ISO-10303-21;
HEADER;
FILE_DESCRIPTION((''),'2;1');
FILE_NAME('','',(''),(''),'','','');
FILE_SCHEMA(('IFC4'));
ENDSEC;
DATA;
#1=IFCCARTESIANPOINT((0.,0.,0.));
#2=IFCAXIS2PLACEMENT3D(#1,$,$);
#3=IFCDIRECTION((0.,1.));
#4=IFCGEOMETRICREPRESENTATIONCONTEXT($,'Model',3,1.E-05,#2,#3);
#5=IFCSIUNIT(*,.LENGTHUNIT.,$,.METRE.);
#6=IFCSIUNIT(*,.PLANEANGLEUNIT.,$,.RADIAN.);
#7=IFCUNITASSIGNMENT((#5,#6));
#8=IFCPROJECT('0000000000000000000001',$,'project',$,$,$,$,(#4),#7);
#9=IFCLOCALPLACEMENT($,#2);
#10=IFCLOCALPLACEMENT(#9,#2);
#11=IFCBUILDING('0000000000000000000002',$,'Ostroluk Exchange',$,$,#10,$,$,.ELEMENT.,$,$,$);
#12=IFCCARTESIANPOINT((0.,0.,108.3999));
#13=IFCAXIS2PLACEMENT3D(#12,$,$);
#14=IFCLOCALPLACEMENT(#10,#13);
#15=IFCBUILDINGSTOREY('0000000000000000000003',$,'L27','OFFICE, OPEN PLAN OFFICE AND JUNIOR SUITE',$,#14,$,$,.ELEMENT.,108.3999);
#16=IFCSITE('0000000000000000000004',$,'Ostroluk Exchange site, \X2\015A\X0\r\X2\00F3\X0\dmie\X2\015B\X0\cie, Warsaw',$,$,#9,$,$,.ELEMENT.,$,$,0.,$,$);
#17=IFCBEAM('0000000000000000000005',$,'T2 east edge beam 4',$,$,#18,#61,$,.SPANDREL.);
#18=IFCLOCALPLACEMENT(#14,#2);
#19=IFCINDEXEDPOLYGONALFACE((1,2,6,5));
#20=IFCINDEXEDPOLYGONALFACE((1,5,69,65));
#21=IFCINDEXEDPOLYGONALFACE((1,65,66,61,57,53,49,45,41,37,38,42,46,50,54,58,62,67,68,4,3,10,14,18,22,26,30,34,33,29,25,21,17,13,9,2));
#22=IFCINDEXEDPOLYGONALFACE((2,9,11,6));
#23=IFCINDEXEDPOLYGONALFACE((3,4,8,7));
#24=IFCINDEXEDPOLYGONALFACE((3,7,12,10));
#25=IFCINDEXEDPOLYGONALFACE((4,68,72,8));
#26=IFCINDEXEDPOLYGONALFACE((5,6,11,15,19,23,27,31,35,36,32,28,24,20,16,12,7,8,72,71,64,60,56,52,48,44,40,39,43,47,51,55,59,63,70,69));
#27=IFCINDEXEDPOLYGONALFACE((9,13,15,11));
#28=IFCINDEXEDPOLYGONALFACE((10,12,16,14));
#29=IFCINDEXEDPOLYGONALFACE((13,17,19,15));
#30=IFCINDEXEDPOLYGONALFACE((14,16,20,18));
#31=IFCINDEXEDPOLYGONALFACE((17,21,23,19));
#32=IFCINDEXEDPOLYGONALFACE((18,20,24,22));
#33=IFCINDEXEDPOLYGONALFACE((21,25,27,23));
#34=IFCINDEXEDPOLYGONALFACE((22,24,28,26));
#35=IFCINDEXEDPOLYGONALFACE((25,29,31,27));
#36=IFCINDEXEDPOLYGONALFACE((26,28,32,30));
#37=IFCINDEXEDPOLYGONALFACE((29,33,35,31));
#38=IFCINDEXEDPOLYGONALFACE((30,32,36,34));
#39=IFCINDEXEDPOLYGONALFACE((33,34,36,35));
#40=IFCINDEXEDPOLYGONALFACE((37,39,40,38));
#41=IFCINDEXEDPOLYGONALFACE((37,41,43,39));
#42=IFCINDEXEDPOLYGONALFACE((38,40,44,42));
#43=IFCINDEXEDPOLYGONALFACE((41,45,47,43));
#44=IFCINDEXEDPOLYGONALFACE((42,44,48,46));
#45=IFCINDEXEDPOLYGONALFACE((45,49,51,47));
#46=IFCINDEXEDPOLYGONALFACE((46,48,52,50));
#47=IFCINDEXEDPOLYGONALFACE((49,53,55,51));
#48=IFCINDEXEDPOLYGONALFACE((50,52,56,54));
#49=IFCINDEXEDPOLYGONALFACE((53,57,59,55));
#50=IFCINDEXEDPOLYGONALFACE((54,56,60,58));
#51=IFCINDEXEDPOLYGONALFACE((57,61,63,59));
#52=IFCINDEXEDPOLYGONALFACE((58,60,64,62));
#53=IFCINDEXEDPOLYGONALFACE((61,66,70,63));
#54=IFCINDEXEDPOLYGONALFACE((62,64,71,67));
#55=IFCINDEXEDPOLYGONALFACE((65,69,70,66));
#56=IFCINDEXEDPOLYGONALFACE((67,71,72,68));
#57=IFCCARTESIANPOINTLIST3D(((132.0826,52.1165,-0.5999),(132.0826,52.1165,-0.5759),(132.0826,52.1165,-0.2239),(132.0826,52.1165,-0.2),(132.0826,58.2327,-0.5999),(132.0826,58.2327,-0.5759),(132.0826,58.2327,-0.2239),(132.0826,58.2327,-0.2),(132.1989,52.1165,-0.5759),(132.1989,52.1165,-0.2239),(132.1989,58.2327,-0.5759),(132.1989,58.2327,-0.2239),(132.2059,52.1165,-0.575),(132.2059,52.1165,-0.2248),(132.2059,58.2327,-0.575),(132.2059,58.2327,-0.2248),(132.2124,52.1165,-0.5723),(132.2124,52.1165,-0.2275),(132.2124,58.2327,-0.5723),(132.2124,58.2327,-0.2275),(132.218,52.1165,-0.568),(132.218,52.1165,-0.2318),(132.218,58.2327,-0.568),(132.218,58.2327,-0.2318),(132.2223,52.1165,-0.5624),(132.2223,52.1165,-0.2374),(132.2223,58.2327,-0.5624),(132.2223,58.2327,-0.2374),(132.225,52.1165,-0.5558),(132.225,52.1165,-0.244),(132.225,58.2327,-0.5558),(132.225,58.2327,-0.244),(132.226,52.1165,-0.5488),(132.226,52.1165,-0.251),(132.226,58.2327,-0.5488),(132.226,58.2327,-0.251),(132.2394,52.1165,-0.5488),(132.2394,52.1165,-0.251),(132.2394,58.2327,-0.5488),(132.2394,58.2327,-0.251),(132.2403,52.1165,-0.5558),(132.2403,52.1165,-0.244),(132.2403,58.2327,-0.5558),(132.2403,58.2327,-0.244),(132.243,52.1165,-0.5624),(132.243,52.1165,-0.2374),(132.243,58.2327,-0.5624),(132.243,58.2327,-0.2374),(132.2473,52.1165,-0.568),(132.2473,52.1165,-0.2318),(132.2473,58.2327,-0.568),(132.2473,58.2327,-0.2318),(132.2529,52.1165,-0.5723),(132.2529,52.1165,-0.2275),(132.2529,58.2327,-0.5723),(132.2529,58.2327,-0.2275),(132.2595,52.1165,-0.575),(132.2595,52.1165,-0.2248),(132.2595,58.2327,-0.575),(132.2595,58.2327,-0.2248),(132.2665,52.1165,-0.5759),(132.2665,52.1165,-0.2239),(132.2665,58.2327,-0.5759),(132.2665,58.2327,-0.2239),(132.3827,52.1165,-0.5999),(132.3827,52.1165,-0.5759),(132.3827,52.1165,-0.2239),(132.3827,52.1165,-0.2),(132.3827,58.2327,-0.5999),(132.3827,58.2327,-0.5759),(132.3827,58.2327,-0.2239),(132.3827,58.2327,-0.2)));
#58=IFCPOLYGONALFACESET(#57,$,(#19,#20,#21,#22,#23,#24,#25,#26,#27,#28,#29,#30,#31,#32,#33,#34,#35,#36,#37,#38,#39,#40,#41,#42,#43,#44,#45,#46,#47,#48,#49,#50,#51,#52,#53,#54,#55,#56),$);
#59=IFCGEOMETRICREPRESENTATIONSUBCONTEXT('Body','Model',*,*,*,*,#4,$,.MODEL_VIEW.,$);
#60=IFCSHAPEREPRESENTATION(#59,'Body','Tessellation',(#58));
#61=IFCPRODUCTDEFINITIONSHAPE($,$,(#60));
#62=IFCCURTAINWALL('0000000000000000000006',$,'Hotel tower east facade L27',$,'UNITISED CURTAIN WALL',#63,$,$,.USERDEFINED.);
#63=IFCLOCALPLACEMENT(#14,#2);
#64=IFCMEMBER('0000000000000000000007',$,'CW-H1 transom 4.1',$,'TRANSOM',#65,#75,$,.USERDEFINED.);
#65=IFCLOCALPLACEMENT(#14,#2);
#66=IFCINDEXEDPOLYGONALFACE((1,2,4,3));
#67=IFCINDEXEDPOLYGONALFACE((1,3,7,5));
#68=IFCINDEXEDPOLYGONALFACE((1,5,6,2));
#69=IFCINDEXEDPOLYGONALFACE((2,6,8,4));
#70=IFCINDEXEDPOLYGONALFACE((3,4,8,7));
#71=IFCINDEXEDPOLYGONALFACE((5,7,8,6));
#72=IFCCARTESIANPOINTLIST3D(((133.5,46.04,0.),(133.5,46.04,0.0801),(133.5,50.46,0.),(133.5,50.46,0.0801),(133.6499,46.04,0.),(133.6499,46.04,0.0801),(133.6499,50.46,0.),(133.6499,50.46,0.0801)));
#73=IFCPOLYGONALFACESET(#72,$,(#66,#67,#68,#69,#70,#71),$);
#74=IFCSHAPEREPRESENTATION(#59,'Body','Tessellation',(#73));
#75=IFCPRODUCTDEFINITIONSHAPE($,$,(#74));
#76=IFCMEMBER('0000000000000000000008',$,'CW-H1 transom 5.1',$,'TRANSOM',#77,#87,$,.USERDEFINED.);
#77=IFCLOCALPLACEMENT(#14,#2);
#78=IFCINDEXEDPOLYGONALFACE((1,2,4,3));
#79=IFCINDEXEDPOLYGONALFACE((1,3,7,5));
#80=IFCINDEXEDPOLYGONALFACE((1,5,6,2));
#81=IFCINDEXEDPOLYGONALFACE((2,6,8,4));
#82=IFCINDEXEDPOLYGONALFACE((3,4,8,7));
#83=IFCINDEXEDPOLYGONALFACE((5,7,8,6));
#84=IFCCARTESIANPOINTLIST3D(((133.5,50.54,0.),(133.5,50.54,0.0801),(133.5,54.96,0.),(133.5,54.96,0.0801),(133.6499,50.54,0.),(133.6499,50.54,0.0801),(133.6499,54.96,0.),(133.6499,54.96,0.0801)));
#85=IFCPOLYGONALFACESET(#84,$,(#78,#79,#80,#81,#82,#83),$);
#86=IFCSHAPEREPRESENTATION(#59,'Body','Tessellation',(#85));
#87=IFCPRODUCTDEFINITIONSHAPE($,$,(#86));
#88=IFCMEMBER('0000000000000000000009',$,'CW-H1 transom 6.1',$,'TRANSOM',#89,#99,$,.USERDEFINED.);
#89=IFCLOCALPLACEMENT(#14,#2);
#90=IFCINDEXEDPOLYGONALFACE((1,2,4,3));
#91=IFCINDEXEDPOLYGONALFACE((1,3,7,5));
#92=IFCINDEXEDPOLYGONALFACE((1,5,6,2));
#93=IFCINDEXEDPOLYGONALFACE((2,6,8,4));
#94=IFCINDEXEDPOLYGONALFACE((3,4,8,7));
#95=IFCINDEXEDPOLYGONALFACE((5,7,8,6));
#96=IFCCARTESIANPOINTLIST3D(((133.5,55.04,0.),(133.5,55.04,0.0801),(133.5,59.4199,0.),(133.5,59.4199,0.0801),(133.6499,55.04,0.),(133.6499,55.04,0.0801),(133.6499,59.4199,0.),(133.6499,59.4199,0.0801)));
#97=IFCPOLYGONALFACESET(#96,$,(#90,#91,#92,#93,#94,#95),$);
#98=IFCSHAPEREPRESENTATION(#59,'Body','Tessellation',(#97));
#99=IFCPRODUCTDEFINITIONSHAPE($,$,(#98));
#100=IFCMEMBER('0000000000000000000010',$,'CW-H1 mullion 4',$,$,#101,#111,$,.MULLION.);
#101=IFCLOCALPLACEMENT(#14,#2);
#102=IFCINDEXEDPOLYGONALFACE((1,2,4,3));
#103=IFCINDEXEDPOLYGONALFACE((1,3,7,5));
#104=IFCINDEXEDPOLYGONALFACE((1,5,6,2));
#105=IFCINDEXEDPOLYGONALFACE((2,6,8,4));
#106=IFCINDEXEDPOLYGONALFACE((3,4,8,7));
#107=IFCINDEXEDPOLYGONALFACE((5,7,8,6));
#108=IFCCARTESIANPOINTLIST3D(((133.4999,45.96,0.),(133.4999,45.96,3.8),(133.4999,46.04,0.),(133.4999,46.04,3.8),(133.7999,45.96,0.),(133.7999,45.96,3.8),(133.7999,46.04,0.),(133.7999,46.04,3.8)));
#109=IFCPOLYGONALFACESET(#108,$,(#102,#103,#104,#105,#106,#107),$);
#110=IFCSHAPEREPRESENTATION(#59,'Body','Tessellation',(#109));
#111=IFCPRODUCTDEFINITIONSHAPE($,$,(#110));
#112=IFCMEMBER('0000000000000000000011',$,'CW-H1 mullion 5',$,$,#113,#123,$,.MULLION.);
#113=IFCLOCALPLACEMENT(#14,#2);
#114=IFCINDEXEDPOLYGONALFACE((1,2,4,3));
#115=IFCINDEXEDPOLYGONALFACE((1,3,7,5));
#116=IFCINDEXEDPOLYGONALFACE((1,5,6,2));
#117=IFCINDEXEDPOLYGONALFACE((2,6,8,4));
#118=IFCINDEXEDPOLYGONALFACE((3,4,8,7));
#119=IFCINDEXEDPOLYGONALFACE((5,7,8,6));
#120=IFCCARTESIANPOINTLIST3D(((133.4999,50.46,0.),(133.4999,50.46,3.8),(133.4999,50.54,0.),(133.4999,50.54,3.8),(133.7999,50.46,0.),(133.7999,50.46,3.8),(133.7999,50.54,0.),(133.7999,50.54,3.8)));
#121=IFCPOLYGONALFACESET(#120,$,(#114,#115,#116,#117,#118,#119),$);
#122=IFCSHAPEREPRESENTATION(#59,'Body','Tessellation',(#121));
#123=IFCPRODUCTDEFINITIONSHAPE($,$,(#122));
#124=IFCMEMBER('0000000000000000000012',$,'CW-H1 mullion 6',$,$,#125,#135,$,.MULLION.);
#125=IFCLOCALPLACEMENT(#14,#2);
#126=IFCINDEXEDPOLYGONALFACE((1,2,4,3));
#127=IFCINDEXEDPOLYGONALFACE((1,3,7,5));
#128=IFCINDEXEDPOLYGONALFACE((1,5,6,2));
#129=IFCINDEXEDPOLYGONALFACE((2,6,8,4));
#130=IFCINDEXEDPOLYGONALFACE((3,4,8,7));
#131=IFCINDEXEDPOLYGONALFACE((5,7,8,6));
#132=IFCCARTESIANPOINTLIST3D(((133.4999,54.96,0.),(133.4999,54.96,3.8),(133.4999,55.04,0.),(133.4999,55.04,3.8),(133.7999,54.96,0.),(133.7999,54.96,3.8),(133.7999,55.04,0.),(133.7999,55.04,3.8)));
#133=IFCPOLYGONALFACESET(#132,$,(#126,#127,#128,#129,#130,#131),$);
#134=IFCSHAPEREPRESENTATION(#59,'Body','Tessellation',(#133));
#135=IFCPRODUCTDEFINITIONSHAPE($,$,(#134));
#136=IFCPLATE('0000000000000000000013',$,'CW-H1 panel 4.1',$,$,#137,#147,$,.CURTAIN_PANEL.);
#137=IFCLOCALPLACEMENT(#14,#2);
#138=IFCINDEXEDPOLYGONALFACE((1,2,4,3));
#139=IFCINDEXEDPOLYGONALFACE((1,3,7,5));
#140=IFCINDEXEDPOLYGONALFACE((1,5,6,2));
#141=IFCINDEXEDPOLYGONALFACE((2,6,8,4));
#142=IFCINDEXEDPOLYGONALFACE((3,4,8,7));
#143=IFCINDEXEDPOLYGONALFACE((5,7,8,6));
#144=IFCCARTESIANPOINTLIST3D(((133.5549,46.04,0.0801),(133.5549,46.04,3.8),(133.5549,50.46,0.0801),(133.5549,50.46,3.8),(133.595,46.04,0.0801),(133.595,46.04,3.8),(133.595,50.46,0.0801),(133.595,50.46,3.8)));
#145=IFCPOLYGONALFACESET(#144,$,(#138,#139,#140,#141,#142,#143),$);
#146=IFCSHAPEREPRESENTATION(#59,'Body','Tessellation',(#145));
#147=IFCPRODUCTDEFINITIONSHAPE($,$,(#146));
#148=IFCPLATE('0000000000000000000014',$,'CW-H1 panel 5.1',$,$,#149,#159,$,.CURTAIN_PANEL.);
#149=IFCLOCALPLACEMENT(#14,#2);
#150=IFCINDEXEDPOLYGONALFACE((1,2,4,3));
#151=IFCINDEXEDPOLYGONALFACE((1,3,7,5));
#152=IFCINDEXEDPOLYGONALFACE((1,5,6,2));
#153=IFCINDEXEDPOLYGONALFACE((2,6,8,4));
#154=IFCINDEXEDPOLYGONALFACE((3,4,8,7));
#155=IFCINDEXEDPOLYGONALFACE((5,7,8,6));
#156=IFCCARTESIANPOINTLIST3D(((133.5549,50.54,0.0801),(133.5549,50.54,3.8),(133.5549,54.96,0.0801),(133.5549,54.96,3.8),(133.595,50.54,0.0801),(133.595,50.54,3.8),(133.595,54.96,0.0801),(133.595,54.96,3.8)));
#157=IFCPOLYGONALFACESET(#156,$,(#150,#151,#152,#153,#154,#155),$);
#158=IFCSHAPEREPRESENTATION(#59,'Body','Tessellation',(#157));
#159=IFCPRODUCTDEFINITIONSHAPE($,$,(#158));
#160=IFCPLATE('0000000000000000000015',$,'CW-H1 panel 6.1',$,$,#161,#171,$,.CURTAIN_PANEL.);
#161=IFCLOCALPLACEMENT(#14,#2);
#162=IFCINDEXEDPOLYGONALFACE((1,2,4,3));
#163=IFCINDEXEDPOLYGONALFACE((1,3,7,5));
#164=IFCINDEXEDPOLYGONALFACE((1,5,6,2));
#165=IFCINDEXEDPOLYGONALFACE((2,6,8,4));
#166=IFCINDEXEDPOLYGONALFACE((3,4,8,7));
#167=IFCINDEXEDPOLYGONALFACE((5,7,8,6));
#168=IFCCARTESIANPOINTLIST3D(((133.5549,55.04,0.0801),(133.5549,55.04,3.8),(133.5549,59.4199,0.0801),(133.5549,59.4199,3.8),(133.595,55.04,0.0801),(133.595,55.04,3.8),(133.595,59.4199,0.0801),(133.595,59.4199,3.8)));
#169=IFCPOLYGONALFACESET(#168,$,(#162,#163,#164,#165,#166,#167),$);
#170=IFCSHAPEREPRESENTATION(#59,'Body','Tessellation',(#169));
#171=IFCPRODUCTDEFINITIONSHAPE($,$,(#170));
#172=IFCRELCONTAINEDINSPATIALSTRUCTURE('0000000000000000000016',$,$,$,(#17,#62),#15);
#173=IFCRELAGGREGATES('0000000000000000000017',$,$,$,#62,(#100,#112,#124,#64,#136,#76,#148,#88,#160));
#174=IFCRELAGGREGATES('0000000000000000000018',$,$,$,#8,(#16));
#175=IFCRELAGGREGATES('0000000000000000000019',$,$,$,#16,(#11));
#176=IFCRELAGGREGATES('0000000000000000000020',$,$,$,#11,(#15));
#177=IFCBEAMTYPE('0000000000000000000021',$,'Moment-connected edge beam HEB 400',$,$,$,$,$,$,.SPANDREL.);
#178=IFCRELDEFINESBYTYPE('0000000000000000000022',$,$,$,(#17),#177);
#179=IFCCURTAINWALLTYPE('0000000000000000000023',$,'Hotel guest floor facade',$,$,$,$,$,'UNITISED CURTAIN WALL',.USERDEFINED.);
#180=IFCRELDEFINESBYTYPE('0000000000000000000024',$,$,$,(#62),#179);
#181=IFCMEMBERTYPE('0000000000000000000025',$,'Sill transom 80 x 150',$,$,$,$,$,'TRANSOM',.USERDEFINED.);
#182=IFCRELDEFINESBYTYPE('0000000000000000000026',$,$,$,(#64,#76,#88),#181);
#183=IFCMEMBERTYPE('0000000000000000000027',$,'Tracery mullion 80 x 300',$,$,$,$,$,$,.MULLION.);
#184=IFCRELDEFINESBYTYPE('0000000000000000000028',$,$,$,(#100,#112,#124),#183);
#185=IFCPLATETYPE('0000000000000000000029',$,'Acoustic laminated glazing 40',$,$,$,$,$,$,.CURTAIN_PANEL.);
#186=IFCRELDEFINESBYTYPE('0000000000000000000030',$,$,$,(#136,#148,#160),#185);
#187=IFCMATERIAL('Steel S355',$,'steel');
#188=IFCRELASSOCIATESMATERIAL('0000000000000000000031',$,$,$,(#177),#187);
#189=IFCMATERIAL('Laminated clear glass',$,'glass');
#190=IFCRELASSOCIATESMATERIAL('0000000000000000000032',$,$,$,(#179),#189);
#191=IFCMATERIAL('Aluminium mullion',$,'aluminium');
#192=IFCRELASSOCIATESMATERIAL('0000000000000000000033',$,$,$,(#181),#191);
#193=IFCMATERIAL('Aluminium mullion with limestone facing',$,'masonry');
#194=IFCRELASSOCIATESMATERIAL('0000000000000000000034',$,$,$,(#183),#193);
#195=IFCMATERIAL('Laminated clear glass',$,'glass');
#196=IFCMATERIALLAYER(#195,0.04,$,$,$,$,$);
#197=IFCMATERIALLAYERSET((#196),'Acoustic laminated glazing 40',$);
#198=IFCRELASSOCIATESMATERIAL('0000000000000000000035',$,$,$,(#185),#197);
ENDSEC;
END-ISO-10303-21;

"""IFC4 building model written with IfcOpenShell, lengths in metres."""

from ifc_helpers import new_model, si_unit, direction, frame, origin, origin_2d, place, context, subcontext, project, spatial, rectangle, i_section, extrude, material, layer, layer_set, material_profile, profile_set, type_object, element, aggregate, save


model = new_model("IFC4")

# Units and contexts
model_context = context("Model", 3, precision=1e-05, world=origin(), true_north=direction((0.0, 1.0)))
body_context = subcontext(model_context, "Body", "Model", "MODEL_VIEW")
ifc_project = project(units=[si_unit("LENGTHUNIT", "METRE"), si_unit("PLANEANGLEUNIT", "RADIAN")], contexts=[model_context])

# Site, building, storey
site_placement = place(None, origin())
site = spatial("IfcSite", under=ifc_project, at=site_placement, Name="Ostroluk Exchange site, Śródmieście, Warsaw", CompositionType="ELEMENT", RefElevation=0.0)
building_placement = place(site_placement, origin())
building = spatial("IfcBuilding", under=site, at=building_placement, Name="Ostroluk Exchange", CompositionType="ELEMENT")
storey_placement = place(building_placement, frame((0.0, 0.0, 108.3999)))
storey = spatial("IfcBuildingStorey", under=building, at=storey_placement, Name="L27", Description="OFFICE, OPEN PLAN OFFICE AND JUNIOR SUITE", CompositionType="ELEMENT", Elevation=108.3999)

# Beam
ifc_material_1 = material(Name="Steel S355", Category="steel")
ifc_material_profile_1 = material_profile(ifc_material_1, i_section(OverallWidth=0.3, OverallDepth=0.3999, WebThickness=0.0134, FlangeThickness=0.0239, FilletRadius=0.0271, at=origin_2d()), Name="HEB 400")
ifc_profile_set_1 = profile_set([ifc_material_profile_1], Name="Steel S355")
beam_type_1 = type_object("IfcBeamType", Name="Moment-connected edge beam HEB 400", PredefinedType="SPANDREL", material=ifc_profile_set_1)
beam_1_placement = place(storey_placement, frame((132.2327, 52.1165, -0.3999), z_axis=(0.0, 1.0, 0.0), x_axis=(-1.0, 0.0, 0.0)))
element("IfcBeam", 1, at=beam_1_placement, inside=storey, type_object=beam_type_1, Name="T2 east edge beam 4", PredefinedType="SPANDREL", context=body_context, shape_type="SweptSolid", body=[
    extrude(i_section(OverallWidth=0.3, OverallDepth=0.3999, WebThickness=0.0134, FlangeThickness=0.0239, FilletRadius=0.0271, at=origin_2d()), origin(), (0.0, 0.0, 1.0), 6.1162),
])

# Curtain wall, members, plates
ifc_material_2 = material(Name="Laminated clear glass", Category="glass")
curtain_wall_type = type_object("IfcCurtainWallType", Name="Hotel guest floor facade", ElementType="UNITISED CURTAIN WALL", PredefinedType="USERDEFINED", material=ifc_material_2)
curtain_wall_placement = place(storey_placement, origin())
curtain_wall = element("IfcCurtainWall", 2, at=curtain_wall_placement, inside=storey, type_object=curtain_wall_type, Name="Hotel tower east facade L27", ObjectType="UNITISED CURTAIN WALL", PredefinedType="USERDEFINED")
ifc_material_3 = material(Name="Aluminium mullion", Category="aluminium")
ifc_material_profile_2 = material_profile(ifc_material_3, rectangle(XDim=0.1499, YDim=0.0801, at=origin_2d()), Name="Sill transom 80 x 150")
ifc_profile_set_2 = profile_set([ifc_material_profile_2], Name="Aluminium mullion")
member_type_1 = type_object("IfcMemberType", Name="Sill transom 80 x 150", ElementType="TRANSOM", PredefinedType="USERDEFINED", material=ifc_profile_set_2)
member_1_placement = place(storey_placement, frame((133.575, 46.04, 0.04), z_axis=(0.0, 1.0, 0.0), x_axis=(-1.0, 0.0, 0.0)))
member_1 = element("IfcMember", 3, at=member_1_placement, type_object=member_type_1, Name="CW-H1 transom 4.1", ObjectType="TRANSOM", PredefinedType="USERDEFINED", context=body_context, shape_type="SweptSolid", body=[
    extrude(rectangle(XDim=0.1499, YDim=0.0801, at=origin_2d()), origin(), (0.0, 0.0, 1.0), 4.4199),
])
member_2_placement = place(storey_placement, frame((133.575, 50.54, 0.04), z_axis=(0.0, 1.0, 0.0), x_axis=(-1.0, 0.0, 0.0)))
member_2 = element("IfcMember", 4, at=member_2_placement, type_object=member_type_1, Name="CW-H1 transom 5.1", ObjectType="TRANSOM", PredefinedType="USERDEFINED", context=body_context, shape_type="SweptSolid", body=[
    extrude(rectangle(XDim=0.1499, YDim=0.0801, at=origin_2d()), origin(), (0.0, 0.0, 1.0), 4.4199),
])
member_3_placement = place(storey_placement, frame((133.575, 55.04, 0.04), z_axis=(0.0, 1.0, 0.0), x_axis=(-1.0, 0.0, 0.0)))
member_3 = element("IfcMember", 5, at=member_3_placement, type_object=member_type_1, Name="CW-H1 transom 6.1", ObjectType="TRANSOM", PredefinedType="USERDEFINED", context=body_context, shape_type="SweptSolid", body=[
    extrude(rectangle(XDim=0.1499, YDim=0.0801, at=origin_2d()), origin(), (0.0, 0.0, 1.0), 4.3799),
])
ifc_material_4 = material(Name="Aluminium mullion with limestone facing", Category="masonry")
ifc_material_profile_3 = material_profile(ifc_material_4, rectangle(XDim=0.3, YDim=0.0801, at=origin_2d()), Name="Tracery mullion 80 x 300")
ifc_profile_set_3 = profile_set([ifc_material_profile_3], Name="Aluminium mullion with limestone facing")
member_type_2 = type_object("IfcMemberType", Name="Tracery mullion 80 x 300", PredefinedType="MULLION", material=ifc_profile_set_3)
member_4_placement = place(storey_placement, frame((133.6499, 46.0, 0.0), z_axis=(0.0, 0.0, 1.0), x_axis=(-1.0, 0.0, 0.0)))
member_4 = element("IfcMember", 6, at=member_4_placement, type_object=member_type_2, Name="CW-H1 mullion 4", PredefinedType="MULLION", context=body_context, shape_type="SweptSolid", body=[
    extrude(rectangle(XDim=0.3, YDim=0.0801, at=origin_2d()), origin(), (0.0, 0.0, 1.0), 3.8),
])
member_5_placement = place(storey_placement, frame((133.6499, 50.5, 0.0), z_axis=(0.0, 0.0, 1.0), x_axis=(-1.0, 0.0, 0.0)))
member_5 = element("IfcMember", 7, at=member_5_placement, type_object=member_type_2, Name="CW-H1 mullion 5", PredefinedType="MULLION", context=body_context, shape_type="SweptSolid", body=[
    extrude(rectangle(XDim=0.3, YDim=0.0801, at=origin_2d()), origin(), (0.0, 0.0, 1.0), 3.8),
])
member_6_placement = place(storey_placement, frame((133.6499, 55.0, 0.0), z_axis=(0.0, 0.0, 1.0), x_axis=(-1.0, 0.0, 0.0)))
member_6 = element("IfcMember", 8, at=member_6_placement, type_object=member_type_2, Name="CW-H1 mullion 6", PredefinedType="MULLION", context=body_context, shape_type="SweptSolid", body=[
    extrude(rectangle(XDim=0.3, YDim=0.0801, at=origin_2d()), origin(), (0.0, 0.0, 1.0), 3.8),
])
ifc_material_5 = material(Name="Laminated clear glass", Category="glass")
ifc_layer_1 = layer(ifc_material_5, 0.04)
ifc_layer_set_1 = layer_set([ifc_layer_1], Name="Acoustic laminated glazing 40")
plate_type = type_object("IfcPlateType", Name="Acoustic laminated glazing 40", PredefinedType="CURTAIN_PANEL", material=ifc_layer_set_1)
plate_1_placement = place(storey_placement, frame((133.575, 48.25, 0.0801), z_axis=(0.0, 0.0, 1.0), x_axis=(0.0, 1.0, 0.0)))
plate_1 = element("IfcPlate", 9, at=plate_1_placement, type_object=plate_type, Name="CW-H1 panel 4.1", PredefinedType="CURTAIN_PANEL", context=body_context, shape_type="SweptSolid", body=[
    extrude(rectangle(XDim=4.4199, YDim=0.04, at=origin_2d()), origin(), (0.0, 0.0, 1.0), 3.72),
])
plate_2_placement = place(storey_placement, frame((133.575, 52.75, 0.0801), z_axis=(0.0, 0.0, 1.0), x_axis=(0.0, 1.0, 0.0)))
plate_2 = element("IfcPlate", 10, at=plate_2_placement, type_object=plate_type, Name="CW-H1 panel 5.1", PredefinedType="CURTAIN_PANEL", context=body_context, shape_type="SweptSolid", body=[
    extrude(rectangle(XDim=4.4199, YDim=0.04, at=origin_2d()), origin(), (0.0, 0.0, 1.0), 3.72),
])
plate_3_placement = place(storey_placement, frame((133.575, 57.23, 0.0801), z_axis=(0.0, 0.0, 1.0), x_axis=(0.0, 1.0, 0.0)))
plate_3 = element("IfcPlate", 11, at=plate_3_placement, type_object=plate_type, Name="CW-H1 panel 6.1", PredefinedType="CURTAIN_PANEL", context=body_context, shape_type="SweptSolid", body=[
    extrude(rectangle(XDim=4.3799, YDim=0.04, at=origin_2d()), origin(), (0.0, 0.0, 1.0), 3.72),
])
aggregate(curtain_wall, [member_4, member_5, member_6, member_1, plate_1, member_2, plate_2, member_3, plate_3])

save(model, "model.ifc")
